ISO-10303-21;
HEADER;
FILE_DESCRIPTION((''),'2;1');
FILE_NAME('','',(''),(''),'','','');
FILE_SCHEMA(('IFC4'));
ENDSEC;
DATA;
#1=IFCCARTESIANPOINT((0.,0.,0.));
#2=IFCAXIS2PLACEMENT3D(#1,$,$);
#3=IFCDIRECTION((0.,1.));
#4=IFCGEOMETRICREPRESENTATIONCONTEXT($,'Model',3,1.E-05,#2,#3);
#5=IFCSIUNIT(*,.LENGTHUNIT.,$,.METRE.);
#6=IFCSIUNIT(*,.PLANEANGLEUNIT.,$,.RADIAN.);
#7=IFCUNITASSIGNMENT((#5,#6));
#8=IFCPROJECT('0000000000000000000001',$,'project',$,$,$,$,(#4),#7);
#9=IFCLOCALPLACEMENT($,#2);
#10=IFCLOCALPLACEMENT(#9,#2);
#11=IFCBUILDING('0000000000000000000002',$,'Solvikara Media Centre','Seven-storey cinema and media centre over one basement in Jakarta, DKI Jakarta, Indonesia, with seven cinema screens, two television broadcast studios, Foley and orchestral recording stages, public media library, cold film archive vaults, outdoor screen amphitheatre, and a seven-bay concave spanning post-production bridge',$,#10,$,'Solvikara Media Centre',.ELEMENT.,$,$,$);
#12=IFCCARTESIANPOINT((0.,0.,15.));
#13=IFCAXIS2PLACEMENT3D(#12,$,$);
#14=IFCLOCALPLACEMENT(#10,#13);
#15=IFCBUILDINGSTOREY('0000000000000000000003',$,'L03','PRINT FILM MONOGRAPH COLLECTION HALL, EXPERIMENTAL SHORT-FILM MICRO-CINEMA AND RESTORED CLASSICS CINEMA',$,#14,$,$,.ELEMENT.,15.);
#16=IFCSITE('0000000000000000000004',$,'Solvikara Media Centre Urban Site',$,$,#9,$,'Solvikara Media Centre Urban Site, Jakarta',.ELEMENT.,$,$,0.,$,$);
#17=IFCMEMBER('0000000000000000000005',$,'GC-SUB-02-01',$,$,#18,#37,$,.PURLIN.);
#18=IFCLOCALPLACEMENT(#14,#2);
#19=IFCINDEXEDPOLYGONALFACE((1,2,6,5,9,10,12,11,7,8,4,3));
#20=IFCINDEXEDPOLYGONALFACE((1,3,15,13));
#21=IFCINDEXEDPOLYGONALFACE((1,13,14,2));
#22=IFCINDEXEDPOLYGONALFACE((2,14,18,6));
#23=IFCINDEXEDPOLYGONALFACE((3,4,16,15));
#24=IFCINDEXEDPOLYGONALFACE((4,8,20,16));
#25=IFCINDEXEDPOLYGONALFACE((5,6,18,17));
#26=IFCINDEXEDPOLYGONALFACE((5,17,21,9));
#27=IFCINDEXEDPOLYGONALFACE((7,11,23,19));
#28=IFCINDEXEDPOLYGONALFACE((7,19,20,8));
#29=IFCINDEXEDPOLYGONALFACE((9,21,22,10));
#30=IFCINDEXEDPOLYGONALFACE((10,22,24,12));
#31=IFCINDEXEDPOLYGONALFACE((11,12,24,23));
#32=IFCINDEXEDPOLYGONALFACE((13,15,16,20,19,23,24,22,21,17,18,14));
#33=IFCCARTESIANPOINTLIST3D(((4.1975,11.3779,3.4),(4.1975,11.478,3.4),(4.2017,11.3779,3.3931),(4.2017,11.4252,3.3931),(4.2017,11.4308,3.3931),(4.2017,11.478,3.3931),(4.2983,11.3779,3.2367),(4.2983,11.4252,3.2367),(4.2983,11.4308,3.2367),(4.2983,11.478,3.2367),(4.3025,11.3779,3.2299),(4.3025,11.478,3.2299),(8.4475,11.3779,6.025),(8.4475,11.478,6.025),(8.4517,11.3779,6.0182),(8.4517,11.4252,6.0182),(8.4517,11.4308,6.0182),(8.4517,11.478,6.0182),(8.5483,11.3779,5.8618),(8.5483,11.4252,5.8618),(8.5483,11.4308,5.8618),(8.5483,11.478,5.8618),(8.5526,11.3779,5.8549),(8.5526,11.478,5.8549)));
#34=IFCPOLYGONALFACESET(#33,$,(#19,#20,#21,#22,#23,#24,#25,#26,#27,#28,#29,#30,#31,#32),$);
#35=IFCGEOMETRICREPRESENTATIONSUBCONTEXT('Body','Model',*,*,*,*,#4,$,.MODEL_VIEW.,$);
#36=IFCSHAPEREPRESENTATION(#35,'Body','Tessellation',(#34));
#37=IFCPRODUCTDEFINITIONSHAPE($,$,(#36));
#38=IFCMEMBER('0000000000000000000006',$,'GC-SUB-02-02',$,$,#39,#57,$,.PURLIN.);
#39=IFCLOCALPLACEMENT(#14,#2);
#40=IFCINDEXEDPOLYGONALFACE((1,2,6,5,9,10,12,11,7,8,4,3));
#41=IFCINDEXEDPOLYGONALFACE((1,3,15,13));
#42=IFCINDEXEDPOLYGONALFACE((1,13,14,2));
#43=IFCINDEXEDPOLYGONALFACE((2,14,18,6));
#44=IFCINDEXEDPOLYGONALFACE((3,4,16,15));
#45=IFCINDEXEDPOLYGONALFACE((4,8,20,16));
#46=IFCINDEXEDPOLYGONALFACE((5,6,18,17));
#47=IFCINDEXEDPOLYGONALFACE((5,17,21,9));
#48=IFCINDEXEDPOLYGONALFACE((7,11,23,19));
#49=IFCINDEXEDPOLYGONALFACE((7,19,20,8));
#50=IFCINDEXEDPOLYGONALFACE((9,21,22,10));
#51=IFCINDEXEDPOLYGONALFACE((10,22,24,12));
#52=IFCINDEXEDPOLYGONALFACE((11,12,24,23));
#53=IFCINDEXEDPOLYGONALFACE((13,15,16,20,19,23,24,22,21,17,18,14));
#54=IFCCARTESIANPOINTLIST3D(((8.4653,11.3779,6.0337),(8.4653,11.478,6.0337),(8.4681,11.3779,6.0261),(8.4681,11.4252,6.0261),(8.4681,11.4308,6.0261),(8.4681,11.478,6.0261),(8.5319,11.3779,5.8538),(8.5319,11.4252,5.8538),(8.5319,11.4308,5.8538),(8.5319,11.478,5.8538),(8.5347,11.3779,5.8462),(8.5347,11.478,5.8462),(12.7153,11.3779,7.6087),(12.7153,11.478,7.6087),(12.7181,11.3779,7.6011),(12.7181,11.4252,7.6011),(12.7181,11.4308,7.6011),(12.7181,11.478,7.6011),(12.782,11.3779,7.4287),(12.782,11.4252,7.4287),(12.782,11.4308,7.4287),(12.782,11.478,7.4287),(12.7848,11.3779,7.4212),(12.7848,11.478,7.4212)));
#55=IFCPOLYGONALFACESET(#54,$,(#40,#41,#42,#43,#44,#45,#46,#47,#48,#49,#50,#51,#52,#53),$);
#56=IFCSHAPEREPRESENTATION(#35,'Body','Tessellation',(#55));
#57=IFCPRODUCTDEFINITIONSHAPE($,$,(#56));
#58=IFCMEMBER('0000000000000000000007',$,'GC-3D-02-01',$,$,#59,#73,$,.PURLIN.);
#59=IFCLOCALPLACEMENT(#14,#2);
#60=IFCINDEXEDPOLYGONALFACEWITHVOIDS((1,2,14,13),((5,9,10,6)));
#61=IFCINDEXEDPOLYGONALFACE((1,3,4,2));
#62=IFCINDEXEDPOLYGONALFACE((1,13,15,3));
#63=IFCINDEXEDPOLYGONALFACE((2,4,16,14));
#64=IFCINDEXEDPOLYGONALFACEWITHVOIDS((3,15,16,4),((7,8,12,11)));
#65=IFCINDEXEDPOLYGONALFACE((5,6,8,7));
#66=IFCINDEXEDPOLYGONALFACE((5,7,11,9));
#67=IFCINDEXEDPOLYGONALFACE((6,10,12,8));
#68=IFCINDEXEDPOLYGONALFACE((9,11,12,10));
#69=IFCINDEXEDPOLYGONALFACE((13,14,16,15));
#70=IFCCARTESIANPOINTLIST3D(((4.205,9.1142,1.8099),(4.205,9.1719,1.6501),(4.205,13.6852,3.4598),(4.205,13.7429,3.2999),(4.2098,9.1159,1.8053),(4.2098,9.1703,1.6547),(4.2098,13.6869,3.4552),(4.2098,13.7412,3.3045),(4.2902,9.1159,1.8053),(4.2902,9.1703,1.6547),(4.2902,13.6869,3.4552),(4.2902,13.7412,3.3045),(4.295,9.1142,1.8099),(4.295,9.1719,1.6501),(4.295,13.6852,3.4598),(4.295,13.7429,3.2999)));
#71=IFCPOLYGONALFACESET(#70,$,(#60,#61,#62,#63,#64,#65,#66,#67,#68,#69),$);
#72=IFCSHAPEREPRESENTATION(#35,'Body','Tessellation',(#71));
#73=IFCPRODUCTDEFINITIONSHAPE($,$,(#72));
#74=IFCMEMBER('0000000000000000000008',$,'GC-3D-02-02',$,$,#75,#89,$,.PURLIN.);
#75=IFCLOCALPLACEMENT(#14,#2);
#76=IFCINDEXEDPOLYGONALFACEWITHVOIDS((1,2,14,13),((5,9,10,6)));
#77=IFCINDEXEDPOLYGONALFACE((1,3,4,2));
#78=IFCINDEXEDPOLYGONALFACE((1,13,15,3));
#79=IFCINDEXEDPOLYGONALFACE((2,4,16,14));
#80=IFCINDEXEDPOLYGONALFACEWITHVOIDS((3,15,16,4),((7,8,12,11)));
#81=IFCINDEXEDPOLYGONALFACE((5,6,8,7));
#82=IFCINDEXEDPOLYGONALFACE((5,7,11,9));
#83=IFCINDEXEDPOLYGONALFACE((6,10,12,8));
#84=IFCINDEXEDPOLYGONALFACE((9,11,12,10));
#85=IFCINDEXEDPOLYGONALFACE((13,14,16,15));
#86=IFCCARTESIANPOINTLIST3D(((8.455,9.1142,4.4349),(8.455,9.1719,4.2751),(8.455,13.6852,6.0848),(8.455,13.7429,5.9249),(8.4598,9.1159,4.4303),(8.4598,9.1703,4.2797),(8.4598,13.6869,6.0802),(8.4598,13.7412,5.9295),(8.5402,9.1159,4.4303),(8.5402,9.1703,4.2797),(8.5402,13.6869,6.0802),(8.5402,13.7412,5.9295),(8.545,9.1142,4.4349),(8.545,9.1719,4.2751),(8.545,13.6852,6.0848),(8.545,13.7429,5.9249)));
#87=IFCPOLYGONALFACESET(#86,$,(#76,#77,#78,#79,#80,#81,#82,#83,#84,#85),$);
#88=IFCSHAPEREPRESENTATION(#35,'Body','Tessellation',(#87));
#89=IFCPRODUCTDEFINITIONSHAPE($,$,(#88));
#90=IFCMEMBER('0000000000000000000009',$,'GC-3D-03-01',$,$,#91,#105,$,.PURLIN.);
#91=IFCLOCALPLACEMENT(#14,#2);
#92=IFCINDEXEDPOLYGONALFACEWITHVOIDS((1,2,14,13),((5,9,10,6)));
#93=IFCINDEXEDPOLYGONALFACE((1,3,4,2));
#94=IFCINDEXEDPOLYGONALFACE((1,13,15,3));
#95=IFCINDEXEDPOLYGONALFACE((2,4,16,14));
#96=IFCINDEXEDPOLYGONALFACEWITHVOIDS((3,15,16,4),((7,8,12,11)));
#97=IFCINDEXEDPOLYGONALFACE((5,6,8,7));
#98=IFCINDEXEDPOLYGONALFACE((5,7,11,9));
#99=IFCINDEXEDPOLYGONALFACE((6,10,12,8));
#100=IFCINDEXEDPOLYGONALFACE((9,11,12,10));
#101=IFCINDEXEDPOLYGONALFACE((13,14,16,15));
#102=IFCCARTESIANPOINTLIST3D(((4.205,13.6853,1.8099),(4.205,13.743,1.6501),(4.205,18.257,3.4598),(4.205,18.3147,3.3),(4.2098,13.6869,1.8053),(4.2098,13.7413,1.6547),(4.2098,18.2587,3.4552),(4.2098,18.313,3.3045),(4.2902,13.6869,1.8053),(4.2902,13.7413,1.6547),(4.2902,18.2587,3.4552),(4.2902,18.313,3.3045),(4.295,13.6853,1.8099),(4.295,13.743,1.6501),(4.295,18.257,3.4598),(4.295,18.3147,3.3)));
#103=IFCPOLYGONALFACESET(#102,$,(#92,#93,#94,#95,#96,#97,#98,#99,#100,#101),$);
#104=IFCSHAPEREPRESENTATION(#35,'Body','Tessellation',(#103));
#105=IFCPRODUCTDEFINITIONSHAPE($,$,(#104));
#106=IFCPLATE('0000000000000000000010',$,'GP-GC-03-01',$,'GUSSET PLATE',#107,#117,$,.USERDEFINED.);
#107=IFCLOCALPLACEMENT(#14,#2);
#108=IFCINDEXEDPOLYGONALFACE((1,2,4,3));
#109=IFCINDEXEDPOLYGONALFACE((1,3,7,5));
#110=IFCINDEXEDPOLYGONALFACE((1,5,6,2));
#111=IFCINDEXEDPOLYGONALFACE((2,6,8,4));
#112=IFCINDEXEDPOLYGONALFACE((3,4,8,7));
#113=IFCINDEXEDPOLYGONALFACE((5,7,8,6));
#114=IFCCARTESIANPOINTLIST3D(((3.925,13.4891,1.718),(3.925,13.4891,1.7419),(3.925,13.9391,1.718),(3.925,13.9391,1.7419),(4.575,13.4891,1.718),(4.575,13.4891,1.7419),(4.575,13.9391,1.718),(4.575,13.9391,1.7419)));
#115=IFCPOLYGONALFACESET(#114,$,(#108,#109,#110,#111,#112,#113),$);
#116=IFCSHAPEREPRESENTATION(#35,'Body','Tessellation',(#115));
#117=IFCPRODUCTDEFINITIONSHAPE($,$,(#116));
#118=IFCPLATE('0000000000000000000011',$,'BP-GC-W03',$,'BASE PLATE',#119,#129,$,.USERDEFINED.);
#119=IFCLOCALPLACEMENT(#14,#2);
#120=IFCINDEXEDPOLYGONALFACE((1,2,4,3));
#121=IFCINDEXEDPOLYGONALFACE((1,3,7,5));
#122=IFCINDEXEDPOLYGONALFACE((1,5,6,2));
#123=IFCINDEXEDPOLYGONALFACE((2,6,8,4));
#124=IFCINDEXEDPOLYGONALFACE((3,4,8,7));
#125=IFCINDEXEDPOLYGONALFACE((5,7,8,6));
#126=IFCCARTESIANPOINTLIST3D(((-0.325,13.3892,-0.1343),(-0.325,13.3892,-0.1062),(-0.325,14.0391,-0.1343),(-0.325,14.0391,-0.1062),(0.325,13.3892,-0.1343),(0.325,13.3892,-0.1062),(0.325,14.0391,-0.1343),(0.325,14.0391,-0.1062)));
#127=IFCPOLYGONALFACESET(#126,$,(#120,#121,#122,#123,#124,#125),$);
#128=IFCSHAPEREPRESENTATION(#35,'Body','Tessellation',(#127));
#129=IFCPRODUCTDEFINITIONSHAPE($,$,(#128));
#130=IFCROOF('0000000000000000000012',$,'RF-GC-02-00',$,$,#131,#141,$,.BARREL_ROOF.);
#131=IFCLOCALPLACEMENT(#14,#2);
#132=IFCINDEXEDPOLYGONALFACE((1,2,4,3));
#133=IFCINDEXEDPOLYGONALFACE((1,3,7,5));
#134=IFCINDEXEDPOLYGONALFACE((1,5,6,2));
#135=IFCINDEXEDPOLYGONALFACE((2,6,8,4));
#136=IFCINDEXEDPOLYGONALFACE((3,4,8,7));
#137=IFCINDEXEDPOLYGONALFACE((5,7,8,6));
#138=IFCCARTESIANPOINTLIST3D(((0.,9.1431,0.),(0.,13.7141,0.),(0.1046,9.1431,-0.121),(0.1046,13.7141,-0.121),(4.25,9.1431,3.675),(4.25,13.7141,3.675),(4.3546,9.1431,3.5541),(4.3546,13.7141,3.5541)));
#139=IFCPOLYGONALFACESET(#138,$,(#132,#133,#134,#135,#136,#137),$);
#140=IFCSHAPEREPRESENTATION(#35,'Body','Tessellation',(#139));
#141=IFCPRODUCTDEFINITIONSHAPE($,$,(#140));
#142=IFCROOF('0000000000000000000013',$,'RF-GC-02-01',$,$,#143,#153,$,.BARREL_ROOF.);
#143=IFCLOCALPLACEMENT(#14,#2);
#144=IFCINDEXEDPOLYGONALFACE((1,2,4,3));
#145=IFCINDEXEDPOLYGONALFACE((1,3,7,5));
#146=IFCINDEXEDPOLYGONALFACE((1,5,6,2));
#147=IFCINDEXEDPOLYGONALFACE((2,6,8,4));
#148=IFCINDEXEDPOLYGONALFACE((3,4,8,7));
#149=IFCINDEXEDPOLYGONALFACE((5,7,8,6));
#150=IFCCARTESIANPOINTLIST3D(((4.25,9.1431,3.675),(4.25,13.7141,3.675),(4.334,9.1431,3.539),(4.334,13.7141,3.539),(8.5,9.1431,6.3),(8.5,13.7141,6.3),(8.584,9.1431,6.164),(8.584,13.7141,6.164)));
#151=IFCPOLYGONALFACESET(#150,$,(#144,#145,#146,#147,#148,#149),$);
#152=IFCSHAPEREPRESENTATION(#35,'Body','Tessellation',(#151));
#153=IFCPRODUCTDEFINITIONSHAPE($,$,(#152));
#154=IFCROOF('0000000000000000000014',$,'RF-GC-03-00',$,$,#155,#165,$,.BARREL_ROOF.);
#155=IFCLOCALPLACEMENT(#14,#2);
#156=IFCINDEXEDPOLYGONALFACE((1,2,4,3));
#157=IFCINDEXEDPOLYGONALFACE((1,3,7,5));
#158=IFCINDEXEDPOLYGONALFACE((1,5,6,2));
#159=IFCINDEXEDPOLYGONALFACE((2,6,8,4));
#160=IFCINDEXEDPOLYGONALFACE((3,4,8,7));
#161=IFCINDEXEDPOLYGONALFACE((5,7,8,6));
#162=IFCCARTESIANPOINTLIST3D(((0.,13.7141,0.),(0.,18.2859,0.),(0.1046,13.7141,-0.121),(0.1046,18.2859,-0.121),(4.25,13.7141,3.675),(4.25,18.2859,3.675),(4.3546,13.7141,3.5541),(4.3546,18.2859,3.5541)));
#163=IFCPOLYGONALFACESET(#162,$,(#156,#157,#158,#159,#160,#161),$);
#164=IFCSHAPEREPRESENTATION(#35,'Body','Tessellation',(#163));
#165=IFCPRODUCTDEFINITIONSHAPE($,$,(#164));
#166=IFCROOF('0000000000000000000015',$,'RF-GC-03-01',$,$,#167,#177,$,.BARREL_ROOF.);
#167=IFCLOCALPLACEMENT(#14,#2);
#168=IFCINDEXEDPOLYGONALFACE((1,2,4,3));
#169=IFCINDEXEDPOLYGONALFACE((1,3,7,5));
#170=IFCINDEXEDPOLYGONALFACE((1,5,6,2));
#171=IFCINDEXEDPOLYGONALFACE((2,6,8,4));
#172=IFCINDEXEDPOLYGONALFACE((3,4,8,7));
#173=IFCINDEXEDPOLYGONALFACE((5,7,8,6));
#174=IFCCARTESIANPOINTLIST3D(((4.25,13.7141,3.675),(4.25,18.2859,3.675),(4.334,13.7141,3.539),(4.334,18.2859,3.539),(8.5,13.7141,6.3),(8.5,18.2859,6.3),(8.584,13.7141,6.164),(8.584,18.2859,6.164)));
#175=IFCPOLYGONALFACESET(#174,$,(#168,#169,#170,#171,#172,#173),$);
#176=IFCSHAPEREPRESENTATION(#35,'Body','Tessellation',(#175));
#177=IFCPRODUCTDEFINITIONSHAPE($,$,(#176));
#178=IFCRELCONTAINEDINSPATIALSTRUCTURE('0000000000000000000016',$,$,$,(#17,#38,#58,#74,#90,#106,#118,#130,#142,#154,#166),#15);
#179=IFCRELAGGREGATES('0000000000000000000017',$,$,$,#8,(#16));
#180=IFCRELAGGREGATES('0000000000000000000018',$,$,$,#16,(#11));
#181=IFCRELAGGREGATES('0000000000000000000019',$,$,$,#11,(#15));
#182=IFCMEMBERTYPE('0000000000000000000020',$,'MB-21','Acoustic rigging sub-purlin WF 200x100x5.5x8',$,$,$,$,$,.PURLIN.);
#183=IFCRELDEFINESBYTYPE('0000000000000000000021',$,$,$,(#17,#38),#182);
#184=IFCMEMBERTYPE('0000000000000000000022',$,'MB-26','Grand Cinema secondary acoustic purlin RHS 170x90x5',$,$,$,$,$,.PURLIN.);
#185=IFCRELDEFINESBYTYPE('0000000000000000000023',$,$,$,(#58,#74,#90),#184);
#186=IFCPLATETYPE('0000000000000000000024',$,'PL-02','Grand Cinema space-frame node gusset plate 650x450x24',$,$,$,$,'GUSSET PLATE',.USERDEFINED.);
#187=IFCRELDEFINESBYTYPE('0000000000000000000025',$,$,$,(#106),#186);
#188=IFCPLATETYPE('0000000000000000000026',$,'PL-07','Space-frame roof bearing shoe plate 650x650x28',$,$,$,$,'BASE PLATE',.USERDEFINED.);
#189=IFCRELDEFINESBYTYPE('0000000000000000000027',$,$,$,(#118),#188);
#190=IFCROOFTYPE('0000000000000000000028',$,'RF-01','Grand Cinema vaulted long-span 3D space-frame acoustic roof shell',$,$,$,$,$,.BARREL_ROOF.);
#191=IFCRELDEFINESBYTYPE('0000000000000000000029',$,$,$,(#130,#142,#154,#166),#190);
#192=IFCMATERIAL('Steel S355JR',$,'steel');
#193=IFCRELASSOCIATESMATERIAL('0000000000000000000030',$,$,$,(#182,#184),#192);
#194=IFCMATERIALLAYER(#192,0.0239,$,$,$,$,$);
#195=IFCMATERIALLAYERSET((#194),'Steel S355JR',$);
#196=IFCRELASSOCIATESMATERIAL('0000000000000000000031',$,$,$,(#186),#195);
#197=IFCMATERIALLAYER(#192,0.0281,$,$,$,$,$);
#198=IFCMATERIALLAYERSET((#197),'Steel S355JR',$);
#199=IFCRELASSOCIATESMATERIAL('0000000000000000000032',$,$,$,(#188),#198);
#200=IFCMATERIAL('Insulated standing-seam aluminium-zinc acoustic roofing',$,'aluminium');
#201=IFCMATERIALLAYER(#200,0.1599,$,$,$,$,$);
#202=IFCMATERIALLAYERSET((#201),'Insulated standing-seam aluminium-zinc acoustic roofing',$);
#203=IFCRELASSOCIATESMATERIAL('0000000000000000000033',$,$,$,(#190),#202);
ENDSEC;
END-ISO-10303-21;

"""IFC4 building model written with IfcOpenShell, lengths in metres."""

from ifc_helpers import new_model, si_unit, direction, frame, origin, origin_2d, place, context, subcontext, project, spatial, polyline, rectangle, hollow_rectangle, i_section, outline, extrude, material, layer, layer_set, material_profile, profile_set, type_object, element, save


model = new_model("IFC4")

# Units and contexts
model_context = context("Model", 3, precision=1e-05, world=origin(), true_north=direction((0.0, 1.0)))
body_context = subcontext(model_context, "Body", "Model", "MODEL_VIEW")
ifc_project = project(units=[si_unit("LENGTHUNIT", "METRE"), si_unit("PLANEANGLEUNIT", "RADIAN")], contexts=[model_context])

# Site, building, storey
site_placement = place(None, origin())
site = spatial("IfcSite", under=ifc_project, at=site_placement, Name="Solvikara Media Centre Urban Site", LongName="Solvikara Media Centre Urban Site, Jakarta", CompositionType="ELEMENT", RefElevation=0.0)
building_placement = place(site_placement, origin())
building = spatial("IfcBuilding", under=site, at=building_placement, Name="Solvikara Media Centre", Description="Seven-storey cinema and media centre over one basement in Jakarta, DKI Jakarta, Indonesia, with seven cinema screens, two television broadcast studios, Foley and orchestral recording stages, public media library, cold film archive vaults, outdoor screen amphitheatre, and a seven-bay concave spanning post-production bridge", LongName="Solvikara Media Centre", CompositionType="ELEMENT")
storey_placement = place(building_placement, frame((0.0, 0.0, 15.0)))
storey = spatial("IfcBuildingStorey", under=building, at=storey_placement, Name="L03", Description="PRINT FILM MONOGRAPH COLLECTION HALL, EXPERIMENTAL SHORT-FILM MICRO-CINEMA AND RESTORED CLASSICS CINEMA", CompositionType="ELEMENT", Elevation=15.0)

# Shared definitions
ifc_material_1 = material(Name="Steel S355JR", Category="steel")

# Members
ifc_material_profile_1 = material_profile(ifc_material_1, i_section(OverallWidth=0.1001, OverallDepth=0.2, WebThickness=0.0056, FlangeThickness=0.0081, at=origin_2d()), Name="WF 200x100x5.5x8")
ifc_profile_set_1 = profile_set([ifc_material_profile_1], Name="Steel S355JR")
member_type_1 = type_object("IfcMemberType", Name="MB-21", Description="Acoustic rigging sub-purlin WF 200x100x5.5x8", PredefinedType="PURLIN", material=ifc_profile_set_1)
member_1_placement = place(storey_placement, frame((4.25, 11.428, 3.3149), z_axis=(0.850798, 0.0, 0.525493), x_axis=(0.0, 1.0, 0.0)))
element("IfcMember", 1, at=member_1_placement, inside=storey, type_object=member_type_1, Name="GC-SUB-02-01", PredefinedType="PURLIN", context=body_context, shape_type="SweptSolid", body=[
    extrude(i_section(OverallWidth=0.1001, OverallDepth=0.2, WebThickness=0.0056, FlangeThickness=0.0081, at=origin_2d()), origin(), (0.0, 0.0, 1.0), 4.9954),
])
member_2_placement = place(storey_placement, frame((8.5, 11.428, 5.9399), z_axis=(0.937686, 0.0, 0.347485), x_axis=(0.0, 1.0, 0.0)))
element("IfcMember", 2, at=member_2_placement, inside=storey, type_object=member_type_1, Name="GC-SUB-02-02", PredefinedType="PURLIN", context=body_context, shape_type="SweptSolid", body=[
    extrude(i_section(OverallWidth=0.1001, OverallDepth=0.2, WebThickness=0.0056, FlangeThickness=0.0081, at=origin_2d()), origin(), (0.0, 0.0, 1.0), 4.5325),
])
ifc_material_profile_2 = material_profile(ifc_material_1, hollow_rectangle(XDim=0.0901, YDim=0.1699, WallThickness=0.0049, at=origin_2d()), Name="RHS 170x90x5")
ifc_profile_set_2 = profile_set([ifc_material_profile_2], Name="Steel S355JR")
member_type_2 = type_object("IfcMemberType", Name="MB-26", Description="Grand Cinema secondary acoustic purlin RHS 170x90x5", PredefinedType="PURLIN", material=ifc_profile_set_2)
for number, where, z_axis, x_axis, name in (
    (3, (4.25, 9.1431, 1.73), (0.0, 0.940603, 0.339507), (-1.0, 0.0, 0.0), "GC-3D-02-01"),
    (4, (8.5, 9.1431, 4.355), (0.0, 0.940603, 0.339507), (-1.0, 0.0, 0.0), "GC-3D-02-02"),
):
    element("IfcMember", number, at=place(storey_placement, frame(where, z_axis=z_axis, x_axis=x_axis)), inside=storey, type_object=member_type_2, Name=name, PredefinedType="PURLIN", context=body_context, shape_type="SweptSolid", body=[
        extrude(hollow_rectangle(XDim=0.0901, YDim=0.1699, WallThickness=0.0049, at=origin_2d()), origin(), (0.0, 0.0, 1.0), 4.8596),
    ])
member_3_placement = place(storey_placement, frame((4.25, 13.7141, 1.73), z_axis=(0.0, 0.940621, 0.339459), x_axis=(-1.0, 0.0, 0.0)))
element("IfcMember", 5, at=member_3_placement, inside=storey, type_object=member_type_2, Name="GC-3D-03-01", PredefinedType="PURLIN", context=body_context, shape_type="SweptSolid", body=[
    extrude(hollow_rectangle(XDim=0.0901, YDim=0.1699, WallThickness=0.0049, at=origin_2d()), origin(), (0.0, 0.0, 1.0), 4.8604),
])

# Plates
ifc_layer_1 = layer(ifc_material_1, 0.0239)
ifc_layer_set_1 = layer_set([ifc_layer_1], Name="Steel S355JR")
plate_type_1 = type_object("IfcPlateType", Name="PL-02", Description="Grand Cinema space-frame node gusset plate 650x450x24", ElementType="GUSSET PLATE", PredefinedType="USERDEFINED", material=ifc_layer_set_1)
plate_1_placement = place(storey_placement, frame((4.25, 13.7141, 1.718), z_axis=(0.0, 0.0, 1.0), x_axis=(1.0, 0.0, 0.0)))
element("IfcPlate", 6, at=plate_1_placement, inside=storey, type_object=plate_type_1, Name="GP-GC-03-01", ObjectType="GUSSET PLATE", PredefinedType="USERDEFINED", context=body_context, shape_type="SweptSolid", body=[
    extrude(rectangle(XDim=0.6499, YDim=0.45, at=origin_2d()), origin(), (0.0, 0.0, 1.0), 0.0239),
])
ifc_layer_2 = layer(ifc_material_1, 0.0281)
ifc_layer_set_2 = layer_set([ifc_layer_2], Name="Steel S355JR")
plate_type_2 = type_object("IfcPlateType", Name="PL-07", Description="Space-frame roof bearing shoe plate 650x650x28", ElementType="BASE PLATE", PredefinedType="USERDEFINED", material=ifc_layer_set_2)
plate_2_placement = place(storey_placement, frame((0.0, 13.7141, -0.1343), z_axis=(0.0, 0.0, 1.0), x_axis=(1.0, 0.0, 0.0)))
element("IfcPlate", 7, at=plate_2_placement, inside=storey, type_object=plate_type_2, Name="BP-GC-W03", ObjectType="BASE PLATE", PredefinedType="USERDEFINED", context=body_context, shape_type="SweptSolid", body=[
    extrude(rectangle(XDim=0.6499, YDim=0.6499, at=origin_2d()), origin(), (0.0, 0.0, 1.0), 0.0281),
])

# Roofs
ifc_material_2 = material(Name="Insulated standing-seam aluminium-zinc acoustic roofing", Category="aluminium")
ifc_layer_3 = layer(ifc_material_2, 0.1599)
ifc_layer_set_3 = layer_set([ifc_layer_3], Name="Insulated standing-seam aluminium-zinc acoustic roofing")
roof_type = type_object("IfcRoofType", Name="RF-01", Description="Grand Cinema vaulted long-span 3D space-frame acoustic roof shell", PredefinedType="BARREL_ROOF", material=ifc_layer_set_3)
roof_1_placement = place(storey_placement, frame((0.0, 9.1431, 0.0), z_axis=(-0.654088, 0.0, 0.756418), x_axis=(0.756418, 0.0, 0.654088)))
element("IfcRoof", 8, at=roof_1_placement, inside=storey, type_object=roof_type, Name="RF-GC-02-00", PredefinedType="BARREL_ROOF", context=body_context, shape_type="SweptSolid", body=[
    extrude(outline(polyline([(0.0, 0.0), (5.6186, 0.0), (5.6186, 4.571), (0.0, 4.571), (0.0, 0.0)])), origin(), (0.0, 0.0, -1.0), 0.1599),
])
roof_2_placement = place(storey_placement, frame((4.25, 9.1431, 3.675), z_axis=(-0.525493, 0.0, 0.850798), x_axis=(0.850798, 0.0, 0.525493)))
element("IfcRoof", 9, at=roof_2_placement, inside=storey, type_object=roof_type, Name="RF-GC-02-01", PredefinedType="BARREL_ROOF", context=body_context, shape_type="SweptSolid", body=[
    extrude(outline(polyline([(0.0, 0.0), (4.9953, 0.0), (4.9953, 4.571), (0.0, 4.571), (0.0, 0.0)])), origin(), (0.0, 0.0, -1.0), 0.1599),
])
roof_3_placement = place(storey_placement, frame((0.0, 13.7141, 0.0), z_axis=(-0.654088, 0.0, 0.756418), x_axis=(0.756418, 0.0, 0.654088)))
element("IfcRoof", 10, at=roof_3_placement, inside=storey, type_object=roof_type, Name="RF-GC-03-00", PredefinedType="BARREL_ROOF", context=body_context, shape_type="SweptSolid", body=[
    extrude(outline(polyline([(0.0, 0.0), (5.6186, 0.0), (5.6186, 4.5718), (0.0, 4.5718), (0.0, 0.0)])), origin(), (0.0, 0.0, -1.0), 0.1599),
])
roof_4_placement = place(storey_placement, frame((4.25, 13.7141, 3.675), z_axis=(-0.525493, 0.0, 0.850798), x_axis=(0.850798, 0.0, 0.525493)))
element("IfcRoof", 11, at=roof_4_placement, inside=storey, type_object=roof_type, Name="RF-GC-03-01", PredefinedType="BARREL_ROOF", context=body_context, shape_type="SweptSolid", body=[
    extrude(outline(polyline([(0.0, 0.0), (4.9953, 0.0), (4.9953, 4.5718), (0.0, 4.5718), (0.0, 0.0)])), origin(), (0.0, 0.0, -1.0), 0.1599),
])

save(model, "model.ifc")
